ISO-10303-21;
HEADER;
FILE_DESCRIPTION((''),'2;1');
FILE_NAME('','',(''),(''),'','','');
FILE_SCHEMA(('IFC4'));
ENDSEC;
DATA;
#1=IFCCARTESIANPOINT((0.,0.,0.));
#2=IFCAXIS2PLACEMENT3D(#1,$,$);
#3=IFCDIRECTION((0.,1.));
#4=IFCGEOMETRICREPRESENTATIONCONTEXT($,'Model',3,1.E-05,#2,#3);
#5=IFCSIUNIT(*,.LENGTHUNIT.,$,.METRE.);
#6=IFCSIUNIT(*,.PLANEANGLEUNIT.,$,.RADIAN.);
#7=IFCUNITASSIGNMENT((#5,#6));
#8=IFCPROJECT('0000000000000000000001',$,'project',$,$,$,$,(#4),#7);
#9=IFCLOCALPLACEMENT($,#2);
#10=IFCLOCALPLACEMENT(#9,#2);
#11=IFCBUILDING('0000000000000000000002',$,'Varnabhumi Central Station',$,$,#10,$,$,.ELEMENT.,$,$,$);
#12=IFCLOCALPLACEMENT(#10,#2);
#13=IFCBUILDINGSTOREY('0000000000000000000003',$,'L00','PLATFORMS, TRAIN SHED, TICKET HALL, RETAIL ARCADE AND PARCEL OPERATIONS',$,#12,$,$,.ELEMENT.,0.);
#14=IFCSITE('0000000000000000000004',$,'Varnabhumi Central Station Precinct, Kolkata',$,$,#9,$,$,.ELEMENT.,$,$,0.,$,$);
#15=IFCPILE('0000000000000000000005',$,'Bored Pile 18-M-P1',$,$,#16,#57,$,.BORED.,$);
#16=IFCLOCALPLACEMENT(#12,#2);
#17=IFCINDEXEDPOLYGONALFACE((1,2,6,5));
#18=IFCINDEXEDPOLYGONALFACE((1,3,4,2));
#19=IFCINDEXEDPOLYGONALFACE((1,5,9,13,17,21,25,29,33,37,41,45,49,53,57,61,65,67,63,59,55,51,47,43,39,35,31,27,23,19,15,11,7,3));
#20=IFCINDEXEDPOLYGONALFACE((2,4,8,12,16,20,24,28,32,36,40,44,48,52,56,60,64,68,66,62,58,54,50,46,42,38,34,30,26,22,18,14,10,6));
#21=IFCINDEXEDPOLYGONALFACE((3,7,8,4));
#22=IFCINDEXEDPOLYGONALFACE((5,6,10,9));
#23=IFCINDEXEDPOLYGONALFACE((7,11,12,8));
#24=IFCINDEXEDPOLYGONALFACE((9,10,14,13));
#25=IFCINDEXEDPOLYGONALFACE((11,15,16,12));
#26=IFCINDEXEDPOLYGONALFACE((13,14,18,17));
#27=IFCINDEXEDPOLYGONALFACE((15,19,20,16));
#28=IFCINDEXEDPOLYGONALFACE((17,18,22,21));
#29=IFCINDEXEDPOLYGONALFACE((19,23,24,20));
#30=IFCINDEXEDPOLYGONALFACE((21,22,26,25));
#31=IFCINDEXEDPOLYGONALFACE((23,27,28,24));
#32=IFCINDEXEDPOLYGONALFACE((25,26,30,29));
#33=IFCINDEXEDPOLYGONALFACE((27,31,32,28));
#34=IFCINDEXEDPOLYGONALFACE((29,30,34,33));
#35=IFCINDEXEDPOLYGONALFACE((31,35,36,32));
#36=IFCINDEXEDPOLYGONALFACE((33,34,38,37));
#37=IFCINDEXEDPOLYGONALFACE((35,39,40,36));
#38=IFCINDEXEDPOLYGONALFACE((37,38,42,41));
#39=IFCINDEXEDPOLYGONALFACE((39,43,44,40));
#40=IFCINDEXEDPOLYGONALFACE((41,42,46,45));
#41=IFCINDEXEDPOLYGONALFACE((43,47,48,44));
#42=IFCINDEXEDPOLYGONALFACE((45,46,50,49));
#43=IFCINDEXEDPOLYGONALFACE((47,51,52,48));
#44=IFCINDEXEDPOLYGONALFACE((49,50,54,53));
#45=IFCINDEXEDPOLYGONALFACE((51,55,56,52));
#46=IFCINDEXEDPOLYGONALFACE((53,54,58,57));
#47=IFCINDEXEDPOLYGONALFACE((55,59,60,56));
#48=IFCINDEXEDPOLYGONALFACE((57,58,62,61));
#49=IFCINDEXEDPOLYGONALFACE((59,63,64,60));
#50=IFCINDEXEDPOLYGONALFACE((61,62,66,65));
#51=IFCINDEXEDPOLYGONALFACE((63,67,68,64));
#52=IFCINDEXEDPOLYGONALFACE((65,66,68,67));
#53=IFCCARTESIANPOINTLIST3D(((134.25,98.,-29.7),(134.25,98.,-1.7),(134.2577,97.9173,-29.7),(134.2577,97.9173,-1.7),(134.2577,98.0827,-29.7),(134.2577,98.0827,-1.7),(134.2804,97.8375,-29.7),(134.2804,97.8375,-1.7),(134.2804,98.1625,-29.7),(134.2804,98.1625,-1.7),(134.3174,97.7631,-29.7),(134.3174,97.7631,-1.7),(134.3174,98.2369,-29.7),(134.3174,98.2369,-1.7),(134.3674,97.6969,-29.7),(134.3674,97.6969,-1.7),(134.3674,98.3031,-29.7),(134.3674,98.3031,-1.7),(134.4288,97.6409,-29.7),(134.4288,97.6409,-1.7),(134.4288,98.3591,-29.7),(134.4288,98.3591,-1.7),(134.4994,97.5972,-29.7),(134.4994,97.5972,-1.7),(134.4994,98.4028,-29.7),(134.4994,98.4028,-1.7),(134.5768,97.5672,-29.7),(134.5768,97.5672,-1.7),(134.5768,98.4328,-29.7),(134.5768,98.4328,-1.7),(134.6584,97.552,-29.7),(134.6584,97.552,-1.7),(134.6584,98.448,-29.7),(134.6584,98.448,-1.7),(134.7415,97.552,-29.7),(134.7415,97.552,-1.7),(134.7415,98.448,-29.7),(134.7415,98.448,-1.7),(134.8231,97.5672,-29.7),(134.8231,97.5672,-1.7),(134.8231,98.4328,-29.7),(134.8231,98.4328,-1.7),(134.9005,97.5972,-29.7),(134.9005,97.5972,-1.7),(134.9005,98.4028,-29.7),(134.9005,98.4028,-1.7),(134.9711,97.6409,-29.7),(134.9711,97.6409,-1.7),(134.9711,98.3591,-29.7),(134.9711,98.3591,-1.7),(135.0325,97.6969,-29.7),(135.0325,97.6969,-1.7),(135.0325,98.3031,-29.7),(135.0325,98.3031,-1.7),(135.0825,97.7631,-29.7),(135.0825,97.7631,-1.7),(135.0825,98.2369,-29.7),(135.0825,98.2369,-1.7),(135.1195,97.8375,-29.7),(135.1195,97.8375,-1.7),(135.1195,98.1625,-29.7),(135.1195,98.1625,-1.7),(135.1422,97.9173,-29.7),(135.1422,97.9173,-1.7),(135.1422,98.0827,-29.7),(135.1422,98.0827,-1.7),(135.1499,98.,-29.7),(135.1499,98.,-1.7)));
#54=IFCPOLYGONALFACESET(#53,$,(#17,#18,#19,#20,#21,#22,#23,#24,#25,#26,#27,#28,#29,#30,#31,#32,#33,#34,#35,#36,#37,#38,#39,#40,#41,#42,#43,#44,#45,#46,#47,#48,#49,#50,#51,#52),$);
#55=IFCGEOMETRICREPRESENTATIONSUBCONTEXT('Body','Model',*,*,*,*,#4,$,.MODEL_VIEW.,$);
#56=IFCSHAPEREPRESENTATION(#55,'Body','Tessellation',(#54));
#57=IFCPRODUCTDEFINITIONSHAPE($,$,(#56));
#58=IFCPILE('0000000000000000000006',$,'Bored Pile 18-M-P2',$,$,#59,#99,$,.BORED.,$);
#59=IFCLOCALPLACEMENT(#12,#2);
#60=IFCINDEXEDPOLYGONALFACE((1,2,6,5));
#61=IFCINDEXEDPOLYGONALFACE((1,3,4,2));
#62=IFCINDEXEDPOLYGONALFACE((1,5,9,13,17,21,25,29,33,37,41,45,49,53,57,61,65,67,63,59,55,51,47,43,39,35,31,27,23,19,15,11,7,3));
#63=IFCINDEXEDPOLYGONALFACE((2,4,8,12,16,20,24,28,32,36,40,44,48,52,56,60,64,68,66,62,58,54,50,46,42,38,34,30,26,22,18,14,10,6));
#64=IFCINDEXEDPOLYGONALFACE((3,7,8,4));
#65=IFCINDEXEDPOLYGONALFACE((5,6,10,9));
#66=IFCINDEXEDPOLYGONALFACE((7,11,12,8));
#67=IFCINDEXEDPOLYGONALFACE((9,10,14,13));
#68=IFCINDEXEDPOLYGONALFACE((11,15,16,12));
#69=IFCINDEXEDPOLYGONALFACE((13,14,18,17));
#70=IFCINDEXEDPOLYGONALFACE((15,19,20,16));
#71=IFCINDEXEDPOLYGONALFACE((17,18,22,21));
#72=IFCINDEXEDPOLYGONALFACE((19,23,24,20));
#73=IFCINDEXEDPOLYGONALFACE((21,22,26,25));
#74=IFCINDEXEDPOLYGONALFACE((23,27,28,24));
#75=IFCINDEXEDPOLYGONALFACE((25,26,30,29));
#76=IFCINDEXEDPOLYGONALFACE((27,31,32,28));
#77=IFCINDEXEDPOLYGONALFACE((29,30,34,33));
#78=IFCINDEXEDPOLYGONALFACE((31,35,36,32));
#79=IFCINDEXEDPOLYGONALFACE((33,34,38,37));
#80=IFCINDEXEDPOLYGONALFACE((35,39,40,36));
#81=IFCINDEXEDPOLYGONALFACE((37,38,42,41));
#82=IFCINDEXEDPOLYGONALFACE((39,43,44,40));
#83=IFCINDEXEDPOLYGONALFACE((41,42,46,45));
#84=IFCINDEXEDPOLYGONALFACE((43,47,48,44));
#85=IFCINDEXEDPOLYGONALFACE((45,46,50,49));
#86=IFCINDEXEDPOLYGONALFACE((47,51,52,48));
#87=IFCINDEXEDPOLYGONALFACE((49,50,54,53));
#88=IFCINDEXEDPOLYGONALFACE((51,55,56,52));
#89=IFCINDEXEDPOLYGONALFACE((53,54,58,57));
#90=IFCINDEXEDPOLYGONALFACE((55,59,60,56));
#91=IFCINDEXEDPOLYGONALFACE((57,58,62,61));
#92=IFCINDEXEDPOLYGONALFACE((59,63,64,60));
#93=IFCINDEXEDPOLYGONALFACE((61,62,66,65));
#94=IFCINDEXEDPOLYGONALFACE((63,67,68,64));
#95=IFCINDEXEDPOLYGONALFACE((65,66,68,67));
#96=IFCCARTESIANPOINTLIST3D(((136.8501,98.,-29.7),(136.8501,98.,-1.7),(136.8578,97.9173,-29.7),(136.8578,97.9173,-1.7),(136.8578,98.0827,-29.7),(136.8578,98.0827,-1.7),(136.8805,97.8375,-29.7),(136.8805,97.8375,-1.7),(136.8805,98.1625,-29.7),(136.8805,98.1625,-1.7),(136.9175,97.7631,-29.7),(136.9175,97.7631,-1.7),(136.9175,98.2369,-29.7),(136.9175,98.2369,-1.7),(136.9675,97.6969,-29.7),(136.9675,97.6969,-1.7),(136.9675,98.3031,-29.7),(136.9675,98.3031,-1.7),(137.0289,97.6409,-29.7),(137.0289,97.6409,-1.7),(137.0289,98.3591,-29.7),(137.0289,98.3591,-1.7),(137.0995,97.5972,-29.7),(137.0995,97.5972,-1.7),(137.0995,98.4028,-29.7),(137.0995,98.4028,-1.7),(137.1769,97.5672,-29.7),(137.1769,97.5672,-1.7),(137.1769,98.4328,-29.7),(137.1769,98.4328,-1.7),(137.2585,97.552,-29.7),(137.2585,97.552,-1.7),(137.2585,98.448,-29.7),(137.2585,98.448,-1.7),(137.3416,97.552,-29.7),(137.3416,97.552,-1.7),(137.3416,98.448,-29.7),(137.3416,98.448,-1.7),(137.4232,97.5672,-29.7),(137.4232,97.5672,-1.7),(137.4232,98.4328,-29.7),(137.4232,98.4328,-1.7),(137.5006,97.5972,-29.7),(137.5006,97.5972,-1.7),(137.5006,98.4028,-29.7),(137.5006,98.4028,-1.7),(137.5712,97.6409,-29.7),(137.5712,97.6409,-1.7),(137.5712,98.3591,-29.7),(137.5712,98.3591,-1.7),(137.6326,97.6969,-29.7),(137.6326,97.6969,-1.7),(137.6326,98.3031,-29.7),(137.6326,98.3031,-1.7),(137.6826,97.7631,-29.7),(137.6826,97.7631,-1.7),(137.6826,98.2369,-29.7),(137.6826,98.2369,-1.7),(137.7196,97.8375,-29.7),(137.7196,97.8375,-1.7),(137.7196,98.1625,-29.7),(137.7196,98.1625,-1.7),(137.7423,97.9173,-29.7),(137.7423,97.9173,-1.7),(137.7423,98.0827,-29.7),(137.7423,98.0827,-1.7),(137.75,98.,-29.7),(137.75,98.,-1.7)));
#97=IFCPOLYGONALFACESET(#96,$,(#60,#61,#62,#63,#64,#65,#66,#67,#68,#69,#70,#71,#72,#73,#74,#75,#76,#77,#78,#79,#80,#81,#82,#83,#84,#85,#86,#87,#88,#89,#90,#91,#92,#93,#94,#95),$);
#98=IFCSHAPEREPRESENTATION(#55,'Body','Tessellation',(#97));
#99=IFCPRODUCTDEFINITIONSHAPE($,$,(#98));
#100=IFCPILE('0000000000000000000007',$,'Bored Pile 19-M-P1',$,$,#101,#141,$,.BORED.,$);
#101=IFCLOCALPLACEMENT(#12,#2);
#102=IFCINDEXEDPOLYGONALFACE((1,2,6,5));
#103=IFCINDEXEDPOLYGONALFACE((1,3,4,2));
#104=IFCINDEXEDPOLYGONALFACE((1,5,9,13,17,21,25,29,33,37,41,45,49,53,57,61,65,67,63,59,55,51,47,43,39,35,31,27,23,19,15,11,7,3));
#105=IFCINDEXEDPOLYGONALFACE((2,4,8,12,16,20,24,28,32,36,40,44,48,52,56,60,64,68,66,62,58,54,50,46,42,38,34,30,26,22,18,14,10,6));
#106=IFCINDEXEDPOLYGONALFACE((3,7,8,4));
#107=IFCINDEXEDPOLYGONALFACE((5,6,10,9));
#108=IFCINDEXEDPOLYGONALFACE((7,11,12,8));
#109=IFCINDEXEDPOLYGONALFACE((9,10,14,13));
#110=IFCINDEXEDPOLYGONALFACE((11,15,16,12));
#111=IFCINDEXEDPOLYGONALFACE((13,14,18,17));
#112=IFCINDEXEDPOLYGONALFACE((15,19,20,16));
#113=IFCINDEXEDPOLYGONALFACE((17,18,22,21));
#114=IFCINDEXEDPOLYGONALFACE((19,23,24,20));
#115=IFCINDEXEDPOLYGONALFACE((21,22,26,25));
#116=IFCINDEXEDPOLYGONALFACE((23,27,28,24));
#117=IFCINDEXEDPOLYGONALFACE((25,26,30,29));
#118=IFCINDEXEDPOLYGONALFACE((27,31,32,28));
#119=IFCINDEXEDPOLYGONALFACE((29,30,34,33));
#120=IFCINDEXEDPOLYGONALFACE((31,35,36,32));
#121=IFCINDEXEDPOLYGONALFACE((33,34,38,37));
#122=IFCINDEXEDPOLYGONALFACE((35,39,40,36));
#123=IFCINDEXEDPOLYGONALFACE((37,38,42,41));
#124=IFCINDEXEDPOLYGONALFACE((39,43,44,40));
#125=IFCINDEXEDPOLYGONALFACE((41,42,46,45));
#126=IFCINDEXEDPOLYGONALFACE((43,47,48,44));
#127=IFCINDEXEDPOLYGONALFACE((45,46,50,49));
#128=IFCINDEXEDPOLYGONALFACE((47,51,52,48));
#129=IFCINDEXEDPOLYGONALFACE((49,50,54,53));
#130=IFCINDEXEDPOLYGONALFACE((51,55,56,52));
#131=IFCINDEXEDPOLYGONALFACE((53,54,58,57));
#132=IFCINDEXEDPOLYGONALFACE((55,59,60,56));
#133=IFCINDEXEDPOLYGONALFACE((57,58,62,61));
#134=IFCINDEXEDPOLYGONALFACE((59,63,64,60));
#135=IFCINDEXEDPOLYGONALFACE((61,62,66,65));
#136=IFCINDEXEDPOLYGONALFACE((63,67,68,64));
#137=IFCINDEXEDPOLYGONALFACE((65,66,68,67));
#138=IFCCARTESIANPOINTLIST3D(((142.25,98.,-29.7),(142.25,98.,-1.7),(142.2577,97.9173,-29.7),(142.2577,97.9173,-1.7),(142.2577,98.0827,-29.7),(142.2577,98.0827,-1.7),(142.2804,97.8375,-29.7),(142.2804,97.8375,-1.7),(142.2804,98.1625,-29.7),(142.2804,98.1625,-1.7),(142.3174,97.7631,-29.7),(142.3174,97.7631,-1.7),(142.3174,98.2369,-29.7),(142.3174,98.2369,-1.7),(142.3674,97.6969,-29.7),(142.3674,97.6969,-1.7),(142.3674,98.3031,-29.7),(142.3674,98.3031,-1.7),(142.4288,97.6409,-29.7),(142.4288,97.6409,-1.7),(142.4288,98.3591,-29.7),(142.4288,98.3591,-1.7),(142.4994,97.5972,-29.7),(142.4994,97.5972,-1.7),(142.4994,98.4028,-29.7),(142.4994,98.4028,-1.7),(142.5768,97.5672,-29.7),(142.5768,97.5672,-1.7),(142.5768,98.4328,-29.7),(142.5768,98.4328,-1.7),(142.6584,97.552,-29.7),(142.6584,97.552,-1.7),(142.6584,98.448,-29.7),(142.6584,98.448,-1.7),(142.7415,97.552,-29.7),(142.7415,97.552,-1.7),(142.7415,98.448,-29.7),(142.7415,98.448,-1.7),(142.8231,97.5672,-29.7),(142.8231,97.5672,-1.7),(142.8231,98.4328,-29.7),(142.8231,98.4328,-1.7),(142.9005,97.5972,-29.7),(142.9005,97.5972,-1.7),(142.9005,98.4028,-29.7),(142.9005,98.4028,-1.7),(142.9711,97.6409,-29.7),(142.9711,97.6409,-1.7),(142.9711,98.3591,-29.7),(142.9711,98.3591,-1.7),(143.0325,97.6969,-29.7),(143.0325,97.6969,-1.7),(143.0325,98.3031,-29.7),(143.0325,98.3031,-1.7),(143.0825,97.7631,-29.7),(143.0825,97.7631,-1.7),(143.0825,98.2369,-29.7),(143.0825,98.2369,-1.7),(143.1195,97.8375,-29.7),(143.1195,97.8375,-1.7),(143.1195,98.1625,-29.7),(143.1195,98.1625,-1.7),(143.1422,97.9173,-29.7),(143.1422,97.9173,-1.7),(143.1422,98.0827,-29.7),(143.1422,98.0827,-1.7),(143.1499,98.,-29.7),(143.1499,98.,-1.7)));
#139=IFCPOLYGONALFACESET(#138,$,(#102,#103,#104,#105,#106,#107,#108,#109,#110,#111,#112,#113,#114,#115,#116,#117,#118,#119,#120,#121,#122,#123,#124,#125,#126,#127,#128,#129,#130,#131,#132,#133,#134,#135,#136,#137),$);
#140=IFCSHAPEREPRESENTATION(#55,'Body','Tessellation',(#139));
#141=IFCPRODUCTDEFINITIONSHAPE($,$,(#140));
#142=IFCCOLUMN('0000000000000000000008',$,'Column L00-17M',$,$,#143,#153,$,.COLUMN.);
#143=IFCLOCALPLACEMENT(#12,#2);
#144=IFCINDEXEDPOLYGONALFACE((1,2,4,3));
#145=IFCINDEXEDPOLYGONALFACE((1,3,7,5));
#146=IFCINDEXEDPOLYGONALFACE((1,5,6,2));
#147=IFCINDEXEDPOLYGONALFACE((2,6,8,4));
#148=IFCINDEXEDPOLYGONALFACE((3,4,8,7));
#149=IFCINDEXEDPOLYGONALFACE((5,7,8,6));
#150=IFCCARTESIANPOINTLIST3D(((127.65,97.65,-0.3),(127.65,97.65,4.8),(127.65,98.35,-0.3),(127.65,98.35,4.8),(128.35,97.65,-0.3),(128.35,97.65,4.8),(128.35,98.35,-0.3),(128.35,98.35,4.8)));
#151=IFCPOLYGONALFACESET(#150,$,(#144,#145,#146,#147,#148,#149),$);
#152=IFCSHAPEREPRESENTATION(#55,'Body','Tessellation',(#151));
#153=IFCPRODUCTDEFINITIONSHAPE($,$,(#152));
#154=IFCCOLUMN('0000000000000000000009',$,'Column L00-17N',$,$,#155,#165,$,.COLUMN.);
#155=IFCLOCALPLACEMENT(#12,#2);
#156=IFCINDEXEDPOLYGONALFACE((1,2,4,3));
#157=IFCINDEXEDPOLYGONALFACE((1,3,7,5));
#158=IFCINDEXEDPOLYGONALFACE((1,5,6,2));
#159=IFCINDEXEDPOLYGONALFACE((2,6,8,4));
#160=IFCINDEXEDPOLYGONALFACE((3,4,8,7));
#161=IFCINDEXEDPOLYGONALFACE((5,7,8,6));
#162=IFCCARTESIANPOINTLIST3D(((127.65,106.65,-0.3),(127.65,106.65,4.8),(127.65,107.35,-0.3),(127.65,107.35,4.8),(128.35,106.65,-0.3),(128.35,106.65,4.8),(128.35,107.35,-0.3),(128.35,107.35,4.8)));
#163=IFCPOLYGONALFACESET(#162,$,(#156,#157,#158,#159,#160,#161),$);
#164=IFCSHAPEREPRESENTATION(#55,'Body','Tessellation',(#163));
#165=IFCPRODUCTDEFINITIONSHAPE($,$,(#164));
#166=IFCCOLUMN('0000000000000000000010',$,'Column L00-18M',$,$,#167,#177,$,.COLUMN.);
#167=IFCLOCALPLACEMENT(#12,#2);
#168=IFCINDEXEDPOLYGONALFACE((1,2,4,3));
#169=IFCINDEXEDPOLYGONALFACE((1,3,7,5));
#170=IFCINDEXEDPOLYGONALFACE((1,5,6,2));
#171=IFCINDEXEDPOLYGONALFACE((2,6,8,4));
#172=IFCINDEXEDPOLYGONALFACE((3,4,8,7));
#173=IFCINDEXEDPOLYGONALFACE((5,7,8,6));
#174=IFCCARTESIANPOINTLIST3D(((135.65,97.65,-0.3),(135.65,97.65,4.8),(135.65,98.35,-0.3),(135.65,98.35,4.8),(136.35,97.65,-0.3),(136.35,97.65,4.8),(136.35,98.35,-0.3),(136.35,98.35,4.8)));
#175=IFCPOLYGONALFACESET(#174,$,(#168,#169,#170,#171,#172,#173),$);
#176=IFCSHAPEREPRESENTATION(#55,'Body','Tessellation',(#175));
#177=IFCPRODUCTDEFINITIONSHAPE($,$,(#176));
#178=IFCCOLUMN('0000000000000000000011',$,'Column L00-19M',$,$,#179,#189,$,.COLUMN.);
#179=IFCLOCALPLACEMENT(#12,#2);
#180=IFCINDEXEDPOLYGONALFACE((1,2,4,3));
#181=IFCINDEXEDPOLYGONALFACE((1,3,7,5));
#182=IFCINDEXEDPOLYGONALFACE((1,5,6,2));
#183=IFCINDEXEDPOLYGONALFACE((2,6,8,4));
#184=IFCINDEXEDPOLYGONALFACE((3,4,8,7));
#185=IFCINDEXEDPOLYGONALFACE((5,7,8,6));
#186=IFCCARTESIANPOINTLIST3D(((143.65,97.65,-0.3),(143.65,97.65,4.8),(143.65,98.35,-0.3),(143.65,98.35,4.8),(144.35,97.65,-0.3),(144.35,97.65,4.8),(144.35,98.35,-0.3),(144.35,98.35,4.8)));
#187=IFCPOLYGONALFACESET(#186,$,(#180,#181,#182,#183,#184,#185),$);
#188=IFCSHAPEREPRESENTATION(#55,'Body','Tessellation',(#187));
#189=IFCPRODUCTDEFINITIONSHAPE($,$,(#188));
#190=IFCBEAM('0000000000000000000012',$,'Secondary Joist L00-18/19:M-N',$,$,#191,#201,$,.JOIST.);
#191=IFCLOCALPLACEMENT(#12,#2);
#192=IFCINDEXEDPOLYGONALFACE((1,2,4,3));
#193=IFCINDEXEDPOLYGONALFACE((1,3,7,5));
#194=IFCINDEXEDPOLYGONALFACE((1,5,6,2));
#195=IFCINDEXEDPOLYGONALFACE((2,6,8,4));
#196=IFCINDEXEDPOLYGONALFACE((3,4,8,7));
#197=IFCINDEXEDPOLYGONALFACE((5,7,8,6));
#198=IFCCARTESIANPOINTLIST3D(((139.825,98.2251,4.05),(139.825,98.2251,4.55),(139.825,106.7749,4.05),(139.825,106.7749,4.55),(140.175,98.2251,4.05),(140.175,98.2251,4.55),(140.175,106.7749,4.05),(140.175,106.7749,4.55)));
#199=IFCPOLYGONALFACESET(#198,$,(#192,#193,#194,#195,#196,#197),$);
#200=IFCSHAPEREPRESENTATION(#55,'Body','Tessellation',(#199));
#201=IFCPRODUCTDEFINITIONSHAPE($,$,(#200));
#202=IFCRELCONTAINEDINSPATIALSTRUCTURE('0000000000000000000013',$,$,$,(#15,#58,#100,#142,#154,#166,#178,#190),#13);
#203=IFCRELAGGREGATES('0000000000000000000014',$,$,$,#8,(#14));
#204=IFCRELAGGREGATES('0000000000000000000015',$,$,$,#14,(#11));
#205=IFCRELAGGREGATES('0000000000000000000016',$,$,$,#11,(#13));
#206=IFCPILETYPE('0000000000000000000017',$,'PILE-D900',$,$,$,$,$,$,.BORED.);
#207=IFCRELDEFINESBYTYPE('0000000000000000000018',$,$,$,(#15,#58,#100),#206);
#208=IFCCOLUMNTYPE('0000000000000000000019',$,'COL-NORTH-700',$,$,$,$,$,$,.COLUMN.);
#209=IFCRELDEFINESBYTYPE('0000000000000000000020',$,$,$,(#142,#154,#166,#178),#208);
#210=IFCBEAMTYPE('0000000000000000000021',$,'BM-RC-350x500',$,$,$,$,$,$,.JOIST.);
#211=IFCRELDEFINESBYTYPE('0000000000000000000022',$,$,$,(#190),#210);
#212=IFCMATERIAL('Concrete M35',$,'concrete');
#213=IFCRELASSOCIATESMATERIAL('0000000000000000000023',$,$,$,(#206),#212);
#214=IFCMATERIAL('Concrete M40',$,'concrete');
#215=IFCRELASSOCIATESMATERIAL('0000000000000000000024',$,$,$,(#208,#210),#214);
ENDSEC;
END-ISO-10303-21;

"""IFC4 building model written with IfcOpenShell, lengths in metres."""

from ifc_helpers import new_model, si_unit, direction, frame, origin, origin_2d, place, context, subcontext, project, spatial, rectangle, circle, extrude, material, material_profile, profile_set, type_object, element, save


model = new_model("IFC4")

# Units and contexts
model_context = context("Model", 3, precision=1e-05, world=origin(), true_north=direction((0.0, 1.0)))
body_context = subcontext(model_context, "Body", "Model", "MODEL_VIEW")
ifc_project = project(units=[si_unit("LENGTHUNIT", "METRE"), si_unit("PLANEANGLEUNIT", "RADIAN")], contexts=[model_context])

# Site, building, storey
site_placement = place(None, origin())
site = spatial("IfcSite", under=ifc_project, at=site_placement, Name="Varnabhumi Central Station Precinct, Kolkata", CompositionType="ELEMENT", RefElevation=0.0)
building_placement = place(site_placement, origin())
building = spatial("IfcBuilding", under=site, at=building_placement, Name="Varnabhumi Central Station", CompositionType="ELEMENT")
storey_placement = place(building_placement, origin())
storey = spatial("IfcBuildingStorey", under=building, at=storey_placement, Name="L00", Description="PLATFORMS, TRAIN SHED, TICKET HALL, RETAIL ARCADE AND PARCEL OPERATIONS", CompositionType="ELEMENT", Elevation=0.0)

# Shared definitions
ifc_material_1 = material(Name="Concrete M40", Category="concrete")

# Piles
ifc_material_2 = material(Name="Concrete M35", Category="concrete")
ifc_material_profile_1 = material_profile(ifc_material_2, circle(Radius=0.45, at=origin_2d()), Name="Concrete M35", Category="concrete")
ifc_profile_set_1 = profile_set([ifc_material_profile_1], Name="Concrete M35")
pile_type_1 = type_object("IfcPileType", Name="PILE-D900", PredefinedType="BORED", material=ifc_profile_set_1)
for number, where, z_axis, x_axis, name in (
    (1, (134.7, 98.0, -1.7), (0.0, 0.0, -1.0), (1.0, 0.0, 0.0), "Bored Pile 18-M-P1"),
    (2, (137.3, 98.0, -1.7), (0.0, 0.0, -1.0), (1.0, 0.0, 0.0), "Bored Pile 18-M-P2"),
    (3, (142.7, 98.0, -1.7), (0.0, 0.0, -1.0), (1.0, 0.0, 0.0), "Bored Pile 19-M-P1"),
):
    element("IfcPile", number, at=place(storey_placement, frame(where, z_axis=z_axis, x_axis=x_axis)), inside=storey, type_object=pile_type_1, Name=name, PredefinedType="BORED", context=body_context, shape_type="SweptSolid", body=[
        extrude(circle(Radius=0.45, at=origin_2d()), origin(), (0.0, 0.0, 1.0), 28.0),
    ])

# Columns
ifc_material_profile_2 = material_profile(ifc_material_1, rectangle(XDim=0.7, YDim=0.7, at=origin_2d()), Name="Concrete M40", Category="concrete")
ifc_profile_set_2 = profile_set([ifc_material_profile_2], Name="Concrete M40")
column_type = type_object("IfcColumnType", Name="COL-NORTH-700", PredefinedType="COLUMN", material=ifc_profile_set_2)
for number, where, z_axis, x_axis, name in (
    (4, (128.0, 98.0, -0.3), (0.0, 0.0, 1.0), (1.0, 0.0, 0.0), "Column L00-17M"),
    (5, (128.0, 107.0, -0.3), (0.0, 0.0, 1.0), (1.0, 0.0, 0.0), "Column L00-17N"),
    (6, (136.0, 98.0, -0.3), (0.0, 0.0, 1.0), (1.0, 0.0, 0.0), "Column L00-18M"),
    (7, (144.0, 98.0, -0.3), (0.0, 0.0, 1.0), (1.0, 0.0, 0.0), "Column L00-19M"),
):
    element("IfcColumn", number, at=place(storey_placement, frame(where, z_axis=z_axis, x_axis=x_axis)), inside=storey, type_object=column_type, Name=name, PredefinedType="COLUMN", context=body_context, shape_type="SweptSolid", body=[
        extrude(rectangle(XDim=0.7, YDim=0.7, at=origin_2d()), origin(), (0.0, 0.0, 1.0), 5.1001),
    ])

# Beam
ifc_material_profile_3 = material_profile(ifc_material_1, rectangle(XDim=0.3501, YDim=0.5, at=origin_2d()), Name="Concrete M40", Category="concrete")
ifc_profile_set_3 = profile_set([ifc_material_profile_3], Name="Concrete M40")
beam_type_1 = type_object("IfcBeamType", Name="BM-RC-350x500", PredefinedType="JOIST", material=ifc_profile_set_3)
beam_1_placement = place(storey_placement, frame((140.0, 98.2251, 4.3), z_axis=(0.0, 1.0, 0.0), x_axis=(-1.0, 0.0, 0.0)))
element("IfcBeam", 8, at=beam_1_placement, inside=storey, type_object=beam_type_1, Name="Secondary Joist L00-18/19:M-N", PredefinedType="JOIST", context=body_context, shape_type="SweptSolid", body=[
    extrude(rectangle(XDim=0.3501, YDim=0.5, at=origin_2d()), origin(), (0.0, 0.0, 1.0), 8.5498),
])

save(model, "model.ifc")
